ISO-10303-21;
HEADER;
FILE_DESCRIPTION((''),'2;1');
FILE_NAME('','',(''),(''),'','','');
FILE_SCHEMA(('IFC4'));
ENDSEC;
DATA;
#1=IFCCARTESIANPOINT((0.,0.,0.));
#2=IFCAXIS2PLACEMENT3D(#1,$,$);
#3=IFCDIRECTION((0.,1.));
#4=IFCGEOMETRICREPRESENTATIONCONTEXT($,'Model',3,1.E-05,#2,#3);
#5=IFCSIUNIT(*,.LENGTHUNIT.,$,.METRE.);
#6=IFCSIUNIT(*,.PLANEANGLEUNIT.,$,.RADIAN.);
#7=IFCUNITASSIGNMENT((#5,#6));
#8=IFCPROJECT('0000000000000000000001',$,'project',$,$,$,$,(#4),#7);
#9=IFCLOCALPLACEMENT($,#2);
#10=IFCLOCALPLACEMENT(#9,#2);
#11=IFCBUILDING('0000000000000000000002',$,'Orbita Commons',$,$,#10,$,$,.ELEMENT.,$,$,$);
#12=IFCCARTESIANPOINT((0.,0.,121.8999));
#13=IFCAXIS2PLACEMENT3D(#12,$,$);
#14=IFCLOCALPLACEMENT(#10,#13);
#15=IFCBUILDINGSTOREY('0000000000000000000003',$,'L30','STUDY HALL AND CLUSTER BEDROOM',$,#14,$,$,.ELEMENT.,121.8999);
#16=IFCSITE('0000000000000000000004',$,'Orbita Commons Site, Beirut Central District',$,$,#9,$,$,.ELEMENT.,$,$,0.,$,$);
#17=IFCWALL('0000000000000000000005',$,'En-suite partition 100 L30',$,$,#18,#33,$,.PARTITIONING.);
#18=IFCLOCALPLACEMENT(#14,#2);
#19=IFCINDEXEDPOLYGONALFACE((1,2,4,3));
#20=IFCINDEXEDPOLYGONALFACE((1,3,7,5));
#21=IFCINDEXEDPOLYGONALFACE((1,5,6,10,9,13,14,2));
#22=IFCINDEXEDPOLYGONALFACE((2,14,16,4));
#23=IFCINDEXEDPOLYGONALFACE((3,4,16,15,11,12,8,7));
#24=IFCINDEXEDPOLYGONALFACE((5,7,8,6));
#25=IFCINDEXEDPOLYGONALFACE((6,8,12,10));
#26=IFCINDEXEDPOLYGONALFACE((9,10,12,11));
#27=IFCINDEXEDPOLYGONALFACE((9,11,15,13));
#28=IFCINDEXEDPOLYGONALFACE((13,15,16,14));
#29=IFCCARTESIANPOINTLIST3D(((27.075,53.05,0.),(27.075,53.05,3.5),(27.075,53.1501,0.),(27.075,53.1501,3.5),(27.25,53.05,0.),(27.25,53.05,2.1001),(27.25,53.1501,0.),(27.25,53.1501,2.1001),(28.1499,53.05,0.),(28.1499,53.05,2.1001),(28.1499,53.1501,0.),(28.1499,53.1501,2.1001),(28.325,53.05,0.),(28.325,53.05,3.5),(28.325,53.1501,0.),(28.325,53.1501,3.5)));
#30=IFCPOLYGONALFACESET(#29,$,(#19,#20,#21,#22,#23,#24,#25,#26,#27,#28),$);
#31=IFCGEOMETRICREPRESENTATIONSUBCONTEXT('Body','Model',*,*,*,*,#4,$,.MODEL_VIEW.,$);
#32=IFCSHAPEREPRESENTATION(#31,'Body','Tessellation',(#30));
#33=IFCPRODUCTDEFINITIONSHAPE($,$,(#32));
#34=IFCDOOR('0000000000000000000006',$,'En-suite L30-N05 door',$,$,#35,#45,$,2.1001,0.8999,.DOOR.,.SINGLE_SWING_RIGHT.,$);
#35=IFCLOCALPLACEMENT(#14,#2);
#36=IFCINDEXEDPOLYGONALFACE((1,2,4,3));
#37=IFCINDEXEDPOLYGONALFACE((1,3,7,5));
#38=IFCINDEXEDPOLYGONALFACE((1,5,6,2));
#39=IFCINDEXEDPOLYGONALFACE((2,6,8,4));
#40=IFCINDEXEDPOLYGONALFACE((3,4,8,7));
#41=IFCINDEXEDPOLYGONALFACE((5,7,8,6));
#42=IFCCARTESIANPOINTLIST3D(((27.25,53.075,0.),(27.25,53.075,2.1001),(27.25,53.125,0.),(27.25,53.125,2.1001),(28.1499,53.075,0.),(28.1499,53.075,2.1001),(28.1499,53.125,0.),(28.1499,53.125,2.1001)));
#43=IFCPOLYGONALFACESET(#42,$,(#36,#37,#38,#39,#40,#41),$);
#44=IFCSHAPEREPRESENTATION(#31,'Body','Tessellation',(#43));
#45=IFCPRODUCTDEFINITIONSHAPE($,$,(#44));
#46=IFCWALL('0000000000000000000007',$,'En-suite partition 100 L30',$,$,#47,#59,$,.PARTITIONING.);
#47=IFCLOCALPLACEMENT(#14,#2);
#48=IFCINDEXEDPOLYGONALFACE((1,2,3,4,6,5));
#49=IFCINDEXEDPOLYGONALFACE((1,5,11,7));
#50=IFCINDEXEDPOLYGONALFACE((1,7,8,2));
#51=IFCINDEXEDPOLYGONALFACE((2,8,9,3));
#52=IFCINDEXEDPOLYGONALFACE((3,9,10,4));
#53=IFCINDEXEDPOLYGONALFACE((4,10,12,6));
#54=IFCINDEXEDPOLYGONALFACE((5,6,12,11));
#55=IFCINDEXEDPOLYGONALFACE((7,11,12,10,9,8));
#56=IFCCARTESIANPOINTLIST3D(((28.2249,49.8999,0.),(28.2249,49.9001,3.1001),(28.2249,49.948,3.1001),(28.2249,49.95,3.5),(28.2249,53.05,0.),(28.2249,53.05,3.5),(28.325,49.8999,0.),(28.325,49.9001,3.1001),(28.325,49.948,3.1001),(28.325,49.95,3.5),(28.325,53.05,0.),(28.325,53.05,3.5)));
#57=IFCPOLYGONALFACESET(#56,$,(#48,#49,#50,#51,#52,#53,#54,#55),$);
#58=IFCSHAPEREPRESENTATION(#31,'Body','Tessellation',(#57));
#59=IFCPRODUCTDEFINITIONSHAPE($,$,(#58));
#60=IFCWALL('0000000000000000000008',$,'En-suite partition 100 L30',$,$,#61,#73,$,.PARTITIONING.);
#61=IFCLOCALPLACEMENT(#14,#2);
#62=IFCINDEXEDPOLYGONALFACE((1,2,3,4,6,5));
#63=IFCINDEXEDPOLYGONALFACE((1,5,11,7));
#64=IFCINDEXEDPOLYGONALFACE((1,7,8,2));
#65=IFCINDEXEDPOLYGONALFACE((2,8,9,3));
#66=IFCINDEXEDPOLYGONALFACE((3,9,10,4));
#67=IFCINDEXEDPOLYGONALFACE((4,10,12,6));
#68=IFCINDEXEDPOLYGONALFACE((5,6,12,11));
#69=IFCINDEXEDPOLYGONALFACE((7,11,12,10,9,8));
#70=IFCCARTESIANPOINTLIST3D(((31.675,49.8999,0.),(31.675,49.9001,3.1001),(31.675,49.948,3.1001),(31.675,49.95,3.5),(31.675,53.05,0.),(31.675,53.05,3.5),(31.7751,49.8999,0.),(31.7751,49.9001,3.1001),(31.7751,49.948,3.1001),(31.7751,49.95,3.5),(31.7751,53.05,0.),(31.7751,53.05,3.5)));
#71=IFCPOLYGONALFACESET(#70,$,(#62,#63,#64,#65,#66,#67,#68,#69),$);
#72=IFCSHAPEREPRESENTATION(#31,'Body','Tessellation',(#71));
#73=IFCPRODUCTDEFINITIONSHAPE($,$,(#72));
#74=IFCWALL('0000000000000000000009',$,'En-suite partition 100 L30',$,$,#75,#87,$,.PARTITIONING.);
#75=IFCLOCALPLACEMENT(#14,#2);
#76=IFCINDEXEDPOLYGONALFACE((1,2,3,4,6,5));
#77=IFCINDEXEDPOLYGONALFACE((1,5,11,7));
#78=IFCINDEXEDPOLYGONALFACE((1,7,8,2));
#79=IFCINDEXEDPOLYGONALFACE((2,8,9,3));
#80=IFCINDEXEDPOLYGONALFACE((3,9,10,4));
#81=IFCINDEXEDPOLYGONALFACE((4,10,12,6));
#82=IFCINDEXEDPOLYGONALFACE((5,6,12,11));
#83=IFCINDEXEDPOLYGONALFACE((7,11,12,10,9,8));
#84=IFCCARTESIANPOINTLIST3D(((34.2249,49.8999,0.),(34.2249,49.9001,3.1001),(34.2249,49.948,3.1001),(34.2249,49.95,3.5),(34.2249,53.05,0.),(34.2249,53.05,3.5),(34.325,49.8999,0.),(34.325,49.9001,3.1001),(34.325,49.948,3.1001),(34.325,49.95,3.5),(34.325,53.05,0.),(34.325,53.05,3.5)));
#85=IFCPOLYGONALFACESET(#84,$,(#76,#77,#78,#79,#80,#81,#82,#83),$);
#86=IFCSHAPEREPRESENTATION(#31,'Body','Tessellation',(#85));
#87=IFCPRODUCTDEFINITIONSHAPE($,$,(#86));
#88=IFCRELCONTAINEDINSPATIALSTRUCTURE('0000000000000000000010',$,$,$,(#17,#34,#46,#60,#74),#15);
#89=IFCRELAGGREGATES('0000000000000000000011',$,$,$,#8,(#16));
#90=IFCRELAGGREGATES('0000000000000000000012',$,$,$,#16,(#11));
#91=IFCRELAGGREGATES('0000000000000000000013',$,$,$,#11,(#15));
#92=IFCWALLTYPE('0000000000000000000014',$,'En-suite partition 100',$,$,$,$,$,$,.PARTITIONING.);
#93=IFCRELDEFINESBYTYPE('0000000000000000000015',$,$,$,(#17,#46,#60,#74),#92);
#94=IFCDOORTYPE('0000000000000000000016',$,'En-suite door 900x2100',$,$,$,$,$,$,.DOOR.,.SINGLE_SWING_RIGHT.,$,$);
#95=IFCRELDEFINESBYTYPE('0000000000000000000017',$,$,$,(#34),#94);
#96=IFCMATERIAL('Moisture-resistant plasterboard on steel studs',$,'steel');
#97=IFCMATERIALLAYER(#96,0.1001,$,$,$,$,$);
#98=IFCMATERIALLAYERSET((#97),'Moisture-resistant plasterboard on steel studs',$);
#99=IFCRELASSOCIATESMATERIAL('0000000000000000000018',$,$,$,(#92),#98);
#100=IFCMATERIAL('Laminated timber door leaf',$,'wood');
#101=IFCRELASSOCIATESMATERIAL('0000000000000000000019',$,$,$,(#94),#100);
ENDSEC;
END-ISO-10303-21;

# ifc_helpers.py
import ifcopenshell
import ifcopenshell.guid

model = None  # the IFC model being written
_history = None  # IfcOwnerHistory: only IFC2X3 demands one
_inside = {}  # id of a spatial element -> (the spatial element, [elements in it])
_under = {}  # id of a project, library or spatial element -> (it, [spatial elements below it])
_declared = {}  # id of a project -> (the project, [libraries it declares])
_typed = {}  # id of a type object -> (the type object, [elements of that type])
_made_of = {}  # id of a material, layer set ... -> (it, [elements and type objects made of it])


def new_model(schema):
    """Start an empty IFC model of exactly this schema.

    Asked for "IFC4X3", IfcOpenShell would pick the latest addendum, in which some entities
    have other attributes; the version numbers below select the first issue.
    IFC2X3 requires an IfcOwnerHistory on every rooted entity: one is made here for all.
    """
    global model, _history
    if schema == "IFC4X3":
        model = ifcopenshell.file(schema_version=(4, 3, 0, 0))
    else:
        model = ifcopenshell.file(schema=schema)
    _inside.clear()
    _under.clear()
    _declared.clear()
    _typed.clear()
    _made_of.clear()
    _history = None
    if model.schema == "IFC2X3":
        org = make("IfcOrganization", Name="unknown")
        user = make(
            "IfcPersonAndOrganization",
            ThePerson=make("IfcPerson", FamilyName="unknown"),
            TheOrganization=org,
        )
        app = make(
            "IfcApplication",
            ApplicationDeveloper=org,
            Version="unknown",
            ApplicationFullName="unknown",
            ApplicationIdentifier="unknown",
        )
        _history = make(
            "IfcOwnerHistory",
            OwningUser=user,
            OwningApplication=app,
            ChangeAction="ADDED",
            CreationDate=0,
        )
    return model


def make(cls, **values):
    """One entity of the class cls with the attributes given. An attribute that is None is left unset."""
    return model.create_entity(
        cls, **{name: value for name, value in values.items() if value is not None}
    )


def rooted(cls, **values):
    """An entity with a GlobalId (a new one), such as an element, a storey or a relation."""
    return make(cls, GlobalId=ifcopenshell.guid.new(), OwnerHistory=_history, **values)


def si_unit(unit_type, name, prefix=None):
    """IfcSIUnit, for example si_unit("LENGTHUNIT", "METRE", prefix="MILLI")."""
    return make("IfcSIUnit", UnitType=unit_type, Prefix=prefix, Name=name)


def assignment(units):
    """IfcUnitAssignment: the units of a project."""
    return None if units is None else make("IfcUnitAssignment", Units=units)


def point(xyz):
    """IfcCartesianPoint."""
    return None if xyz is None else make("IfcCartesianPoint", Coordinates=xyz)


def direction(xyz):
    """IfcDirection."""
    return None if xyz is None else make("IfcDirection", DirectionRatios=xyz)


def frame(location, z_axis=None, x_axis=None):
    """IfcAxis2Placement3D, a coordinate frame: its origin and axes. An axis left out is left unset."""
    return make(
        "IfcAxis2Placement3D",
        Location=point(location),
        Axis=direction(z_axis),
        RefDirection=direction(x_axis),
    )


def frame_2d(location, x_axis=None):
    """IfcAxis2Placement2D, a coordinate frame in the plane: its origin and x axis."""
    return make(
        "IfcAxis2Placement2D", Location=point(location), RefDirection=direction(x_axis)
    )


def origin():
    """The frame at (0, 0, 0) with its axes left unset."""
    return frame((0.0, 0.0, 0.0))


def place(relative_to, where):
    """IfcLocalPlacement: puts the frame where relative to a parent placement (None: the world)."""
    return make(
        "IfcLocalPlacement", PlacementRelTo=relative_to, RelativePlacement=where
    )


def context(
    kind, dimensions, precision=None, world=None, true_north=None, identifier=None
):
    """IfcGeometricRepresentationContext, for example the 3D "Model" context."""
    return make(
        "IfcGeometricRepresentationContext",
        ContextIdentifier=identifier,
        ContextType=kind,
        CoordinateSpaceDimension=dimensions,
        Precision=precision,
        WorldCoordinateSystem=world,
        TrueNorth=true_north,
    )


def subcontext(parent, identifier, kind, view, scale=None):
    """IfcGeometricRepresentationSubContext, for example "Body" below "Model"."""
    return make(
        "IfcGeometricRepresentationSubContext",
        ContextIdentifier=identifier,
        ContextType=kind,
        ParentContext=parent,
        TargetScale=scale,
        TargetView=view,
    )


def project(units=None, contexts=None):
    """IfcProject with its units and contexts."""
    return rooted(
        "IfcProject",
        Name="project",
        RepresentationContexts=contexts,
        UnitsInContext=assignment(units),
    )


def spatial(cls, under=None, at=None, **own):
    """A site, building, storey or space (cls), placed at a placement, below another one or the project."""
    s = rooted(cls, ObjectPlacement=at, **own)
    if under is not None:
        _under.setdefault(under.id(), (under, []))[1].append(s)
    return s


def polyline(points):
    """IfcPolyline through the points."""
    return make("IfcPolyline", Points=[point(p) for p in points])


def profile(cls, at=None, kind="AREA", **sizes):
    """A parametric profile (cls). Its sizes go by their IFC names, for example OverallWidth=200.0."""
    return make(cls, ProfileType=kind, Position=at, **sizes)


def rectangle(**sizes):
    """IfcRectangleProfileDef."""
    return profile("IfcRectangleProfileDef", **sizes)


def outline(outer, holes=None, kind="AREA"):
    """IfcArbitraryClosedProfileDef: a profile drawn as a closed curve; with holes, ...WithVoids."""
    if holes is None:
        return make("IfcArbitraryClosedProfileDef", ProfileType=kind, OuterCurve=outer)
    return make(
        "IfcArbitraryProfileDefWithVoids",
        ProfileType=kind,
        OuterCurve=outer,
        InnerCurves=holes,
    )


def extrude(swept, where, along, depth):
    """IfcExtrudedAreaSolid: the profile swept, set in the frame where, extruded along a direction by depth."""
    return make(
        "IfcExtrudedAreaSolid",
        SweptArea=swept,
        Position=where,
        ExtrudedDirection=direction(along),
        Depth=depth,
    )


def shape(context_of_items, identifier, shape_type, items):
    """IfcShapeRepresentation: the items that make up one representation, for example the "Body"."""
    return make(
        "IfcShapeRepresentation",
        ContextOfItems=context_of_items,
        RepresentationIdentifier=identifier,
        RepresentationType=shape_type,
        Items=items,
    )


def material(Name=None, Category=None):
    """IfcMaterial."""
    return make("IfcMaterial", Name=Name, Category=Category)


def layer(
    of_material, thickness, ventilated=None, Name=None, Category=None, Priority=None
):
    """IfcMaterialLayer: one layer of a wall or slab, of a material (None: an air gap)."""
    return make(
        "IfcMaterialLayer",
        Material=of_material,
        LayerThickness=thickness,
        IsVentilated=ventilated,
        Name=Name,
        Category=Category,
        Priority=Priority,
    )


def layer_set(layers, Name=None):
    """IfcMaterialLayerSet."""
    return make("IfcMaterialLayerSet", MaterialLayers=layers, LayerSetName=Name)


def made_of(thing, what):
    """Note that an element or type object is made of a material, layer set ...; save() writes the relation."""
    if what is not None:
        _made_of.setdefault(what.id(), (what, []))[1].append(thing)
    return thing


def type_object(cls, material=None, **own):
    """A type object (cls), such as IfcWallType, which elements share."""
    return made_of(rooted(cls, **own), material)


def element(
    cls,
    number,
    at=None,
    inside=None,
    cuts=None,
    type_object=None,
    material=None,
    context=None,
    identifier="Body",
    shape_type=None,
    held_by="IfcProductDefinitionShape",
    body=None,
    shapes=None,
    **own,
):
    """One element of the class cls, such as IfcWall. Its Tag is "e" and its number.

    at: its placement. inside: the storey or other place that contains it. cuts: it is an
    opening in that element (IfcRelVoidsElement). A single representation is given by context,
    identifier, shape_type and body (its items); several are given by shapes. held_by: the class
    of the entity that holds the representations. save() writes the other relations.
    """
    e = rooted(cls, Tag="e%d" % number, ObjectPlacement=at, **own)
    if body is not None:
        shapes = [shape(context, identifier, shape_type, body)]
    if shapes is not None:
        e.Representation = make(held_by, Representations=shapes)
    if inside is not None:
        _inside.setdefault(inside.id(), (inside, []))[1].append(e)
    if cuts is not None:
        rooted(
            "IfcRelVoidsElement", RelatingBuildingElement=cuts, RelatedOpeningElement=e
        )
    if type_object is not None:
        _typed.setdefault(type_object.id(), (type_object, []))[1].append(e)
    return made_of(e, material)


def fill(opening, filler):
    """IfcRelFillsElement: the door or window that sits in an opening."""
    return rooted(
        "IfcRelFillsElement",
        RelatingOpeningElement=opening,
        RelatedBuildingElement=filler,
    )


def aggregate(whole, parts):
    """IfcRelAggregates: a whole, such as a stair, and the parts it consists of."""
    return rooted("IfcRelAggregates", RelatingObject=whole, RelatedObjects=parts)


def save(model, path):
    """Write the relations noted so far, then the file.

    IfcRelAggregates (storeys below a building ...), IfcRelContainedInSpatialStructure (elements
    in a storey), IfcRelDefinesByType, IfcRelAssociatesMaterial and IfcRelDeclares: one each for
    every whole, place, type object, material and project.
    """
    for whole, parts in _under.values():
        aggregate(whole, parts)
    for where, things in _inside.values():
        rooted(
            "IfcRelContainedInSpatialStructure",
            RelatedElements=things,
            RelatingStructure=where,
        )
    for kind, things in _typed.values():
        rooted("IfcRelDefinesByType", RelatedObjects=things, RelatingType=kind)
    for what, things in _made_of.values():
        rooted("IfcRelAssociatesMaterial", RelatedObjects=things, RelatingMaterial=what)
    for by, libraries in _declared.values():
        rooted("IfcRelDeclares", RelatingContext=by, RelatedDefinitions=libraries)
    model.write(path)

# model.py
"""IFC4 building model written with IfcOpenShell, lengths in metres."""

from ifc_helpers import new_model, si_unit, direction, frame, frame_2d, origin, place, context, subcontext, project, spatial, polyline, rectangle, outline, extrude, material, layer, layer_set, type_object, element, fill, save


model = new_model("IFC4")

# Units and contexts
model_context = context("Model", 3, precision=1e-05, world=origin(), true_north=direction((0.0, 1.0)))
body_context = subcontext(model_context, "Body", "Model", "MODEL_VIEW")
ifc_project = project(units=[si_unit("LENGTHUNIT", "METRE"), si_unit("PLANEANGLEUNIT", "RADIAN")], contexts=[model_context])

# Site, building, storey
site_placement = place(None, origin())
site = spatial("IfcSite", under=ifc_project, at=site_placement, Name="Orbita Commons Site, Beirut Central District", CompositionType="ELEMENT", RefElevation=0.0)
building_placement = place(site_placement, origin())
building = spatial("IfcBuilding", under=site, at=building_placement, Name="Orbita Commons", CompositionType="ELEMENT")
storey_placement = place(building_placement, frame((0.0, 0.0, 121.8999)))
storey = spatial("IfcBuildingStorey", under=building, at=storey_placement, Name="L30", Description="STUDY HALL AND CLUSTER BEDROOM", CompositionType="ELEMENT", Elevation=121.8999)

# Shared definitions
ifc_material_1 = material(Name="Moisture-resistant plasterboard on steel studs", Category="steel")
ifc_layer_1 = layer(ifc_material_1, 0.1001)
ifc_layer_set_1 = layer_set([ifc_layer_1], Name="Moisture-resistant plasterboard on steel studs")
wall_type_1 = type_object("IfcWallType", Name="En-suite partition 100", PredefinedType="PARTITIONING", material=ifc_layer_set_1)
ifc_material_2 = material(Name="Laminated timber door leaf", Category="wood")
door_type_1 = type_object("IfcDoorType", Name="En-suite door 900x2100", OperationType="SINGLE_SWING_RIGHT", PredefinedType="DOOR", material=ifc_material_2)

# Wall, opening, door
wall_1_placement = place(storey_placement, frame((27.075, 53.1001, 0.0), z_axis=(0.0, 0.0, 1.0), x_axis=(1.0, 0.0, 0.0)))
wall_1 = element("IfcWall", 1, at=wall_1_placement, inside=storey, type_object=wall_type_1, Name="En-suite partition 100 L30", PredefinedType="PARTITIONING", context=body_context, shape_type="SweptSolid", body=[
    extrude(rectangle(XDim=1.25, YDim=0.1001, at=frame_2d((0.625, 0.0))), origin(), (0.0, 0.0, 1.0), 3.5),
])
opening_1_placement = place(wall_1_placement, frame((0.175, 0.0, 0.0)))
opening_1 = element("IfcOpeningElement", 2, at=opening_1_placement, cuts=wall_1, PredefinedType="OPENING", context=body_context, shape_type="SweptSolid", body=[
    extrude(rectangle(XDim=0.8999, YDim=2.1001, at=frame_2d((0.45, 1.05))), frame((0.0, 0.0601, 0.0), z_axis=(0.0, -1.0, 0.0), x_axis=(1.0, 0.0, 0.0)), (0.0, 0.0, 1.0), 0.1201),
])
door_1_placement = place(opening_1_placement, origin())
door_1 = element("IfcDoor", 3, at=door_1_placement, inside=storey, type_object=door_type_1, Name="En-suite L30-N05 door", OperationType="SINGLE_SWING_RIGHT", OverallHeight=2.1001, OverallWidth=0.8999, PredefinedType="DOOR", context=body_context, shape_type="SweptSolid", body=[
    extrude(rectangle(XDim=0.8999, YDim=2.1001, at=frame_2d((0.45, 1.05))), frame((0.0, 0.0249, 0.0), z_axis=(0.0, -1.0, 0.0), x_axis=(1.0, 0.0, 0.0)), (0.0, 0.0, 1.0), 0.05),
])
fill(opening_1, door_1)

# Walls
for number, where, z_axis, x_axis, name in (
    (4, (28.2749, 53.05, 0.0), (0.0, 0.0, 1.0), (0.0, -1.0, 0.0), "En-suite partition 100 L30"),
    (5, (31.7251, 53.05, 0.0), (0.0, 0.0, 1.0), (0.0, -1.0, 0.0), "En-suite partition 100 L30"),
    (6, (34.2749, 53.05, 0.0), (0.0, 0.0, 1.0), (0.0, -1.0, 0.0), "En-suite partition 100 L30"),
):
    element("IfcWall", number, at=place(storey_placement, frame(where, z_axis=z_axis, x_axis=x_axis)), inside=storey, type_object=wall_type_1, Name=name, PredefinedType="PARTITIONING", context=body_context, shape_type="SweptSolid", body=[
        extrude(outline(polyline([(0.0, 0.0), (3.1501, 0.0), (3.1499, 3.1001), (3.1021, 3.1001), (3.1001, 3.5), (0.0, 3.5), (0.0, 0.0)])), frame((0.0, 0.05, 0.0), z_axis=(0.0, -1.0, 0.0), x_axis=(1.0, 0.0, 0.0)), (0.0, 0.0, 1.0), 0.1001),
    ])

save(model, "model.ifc")
